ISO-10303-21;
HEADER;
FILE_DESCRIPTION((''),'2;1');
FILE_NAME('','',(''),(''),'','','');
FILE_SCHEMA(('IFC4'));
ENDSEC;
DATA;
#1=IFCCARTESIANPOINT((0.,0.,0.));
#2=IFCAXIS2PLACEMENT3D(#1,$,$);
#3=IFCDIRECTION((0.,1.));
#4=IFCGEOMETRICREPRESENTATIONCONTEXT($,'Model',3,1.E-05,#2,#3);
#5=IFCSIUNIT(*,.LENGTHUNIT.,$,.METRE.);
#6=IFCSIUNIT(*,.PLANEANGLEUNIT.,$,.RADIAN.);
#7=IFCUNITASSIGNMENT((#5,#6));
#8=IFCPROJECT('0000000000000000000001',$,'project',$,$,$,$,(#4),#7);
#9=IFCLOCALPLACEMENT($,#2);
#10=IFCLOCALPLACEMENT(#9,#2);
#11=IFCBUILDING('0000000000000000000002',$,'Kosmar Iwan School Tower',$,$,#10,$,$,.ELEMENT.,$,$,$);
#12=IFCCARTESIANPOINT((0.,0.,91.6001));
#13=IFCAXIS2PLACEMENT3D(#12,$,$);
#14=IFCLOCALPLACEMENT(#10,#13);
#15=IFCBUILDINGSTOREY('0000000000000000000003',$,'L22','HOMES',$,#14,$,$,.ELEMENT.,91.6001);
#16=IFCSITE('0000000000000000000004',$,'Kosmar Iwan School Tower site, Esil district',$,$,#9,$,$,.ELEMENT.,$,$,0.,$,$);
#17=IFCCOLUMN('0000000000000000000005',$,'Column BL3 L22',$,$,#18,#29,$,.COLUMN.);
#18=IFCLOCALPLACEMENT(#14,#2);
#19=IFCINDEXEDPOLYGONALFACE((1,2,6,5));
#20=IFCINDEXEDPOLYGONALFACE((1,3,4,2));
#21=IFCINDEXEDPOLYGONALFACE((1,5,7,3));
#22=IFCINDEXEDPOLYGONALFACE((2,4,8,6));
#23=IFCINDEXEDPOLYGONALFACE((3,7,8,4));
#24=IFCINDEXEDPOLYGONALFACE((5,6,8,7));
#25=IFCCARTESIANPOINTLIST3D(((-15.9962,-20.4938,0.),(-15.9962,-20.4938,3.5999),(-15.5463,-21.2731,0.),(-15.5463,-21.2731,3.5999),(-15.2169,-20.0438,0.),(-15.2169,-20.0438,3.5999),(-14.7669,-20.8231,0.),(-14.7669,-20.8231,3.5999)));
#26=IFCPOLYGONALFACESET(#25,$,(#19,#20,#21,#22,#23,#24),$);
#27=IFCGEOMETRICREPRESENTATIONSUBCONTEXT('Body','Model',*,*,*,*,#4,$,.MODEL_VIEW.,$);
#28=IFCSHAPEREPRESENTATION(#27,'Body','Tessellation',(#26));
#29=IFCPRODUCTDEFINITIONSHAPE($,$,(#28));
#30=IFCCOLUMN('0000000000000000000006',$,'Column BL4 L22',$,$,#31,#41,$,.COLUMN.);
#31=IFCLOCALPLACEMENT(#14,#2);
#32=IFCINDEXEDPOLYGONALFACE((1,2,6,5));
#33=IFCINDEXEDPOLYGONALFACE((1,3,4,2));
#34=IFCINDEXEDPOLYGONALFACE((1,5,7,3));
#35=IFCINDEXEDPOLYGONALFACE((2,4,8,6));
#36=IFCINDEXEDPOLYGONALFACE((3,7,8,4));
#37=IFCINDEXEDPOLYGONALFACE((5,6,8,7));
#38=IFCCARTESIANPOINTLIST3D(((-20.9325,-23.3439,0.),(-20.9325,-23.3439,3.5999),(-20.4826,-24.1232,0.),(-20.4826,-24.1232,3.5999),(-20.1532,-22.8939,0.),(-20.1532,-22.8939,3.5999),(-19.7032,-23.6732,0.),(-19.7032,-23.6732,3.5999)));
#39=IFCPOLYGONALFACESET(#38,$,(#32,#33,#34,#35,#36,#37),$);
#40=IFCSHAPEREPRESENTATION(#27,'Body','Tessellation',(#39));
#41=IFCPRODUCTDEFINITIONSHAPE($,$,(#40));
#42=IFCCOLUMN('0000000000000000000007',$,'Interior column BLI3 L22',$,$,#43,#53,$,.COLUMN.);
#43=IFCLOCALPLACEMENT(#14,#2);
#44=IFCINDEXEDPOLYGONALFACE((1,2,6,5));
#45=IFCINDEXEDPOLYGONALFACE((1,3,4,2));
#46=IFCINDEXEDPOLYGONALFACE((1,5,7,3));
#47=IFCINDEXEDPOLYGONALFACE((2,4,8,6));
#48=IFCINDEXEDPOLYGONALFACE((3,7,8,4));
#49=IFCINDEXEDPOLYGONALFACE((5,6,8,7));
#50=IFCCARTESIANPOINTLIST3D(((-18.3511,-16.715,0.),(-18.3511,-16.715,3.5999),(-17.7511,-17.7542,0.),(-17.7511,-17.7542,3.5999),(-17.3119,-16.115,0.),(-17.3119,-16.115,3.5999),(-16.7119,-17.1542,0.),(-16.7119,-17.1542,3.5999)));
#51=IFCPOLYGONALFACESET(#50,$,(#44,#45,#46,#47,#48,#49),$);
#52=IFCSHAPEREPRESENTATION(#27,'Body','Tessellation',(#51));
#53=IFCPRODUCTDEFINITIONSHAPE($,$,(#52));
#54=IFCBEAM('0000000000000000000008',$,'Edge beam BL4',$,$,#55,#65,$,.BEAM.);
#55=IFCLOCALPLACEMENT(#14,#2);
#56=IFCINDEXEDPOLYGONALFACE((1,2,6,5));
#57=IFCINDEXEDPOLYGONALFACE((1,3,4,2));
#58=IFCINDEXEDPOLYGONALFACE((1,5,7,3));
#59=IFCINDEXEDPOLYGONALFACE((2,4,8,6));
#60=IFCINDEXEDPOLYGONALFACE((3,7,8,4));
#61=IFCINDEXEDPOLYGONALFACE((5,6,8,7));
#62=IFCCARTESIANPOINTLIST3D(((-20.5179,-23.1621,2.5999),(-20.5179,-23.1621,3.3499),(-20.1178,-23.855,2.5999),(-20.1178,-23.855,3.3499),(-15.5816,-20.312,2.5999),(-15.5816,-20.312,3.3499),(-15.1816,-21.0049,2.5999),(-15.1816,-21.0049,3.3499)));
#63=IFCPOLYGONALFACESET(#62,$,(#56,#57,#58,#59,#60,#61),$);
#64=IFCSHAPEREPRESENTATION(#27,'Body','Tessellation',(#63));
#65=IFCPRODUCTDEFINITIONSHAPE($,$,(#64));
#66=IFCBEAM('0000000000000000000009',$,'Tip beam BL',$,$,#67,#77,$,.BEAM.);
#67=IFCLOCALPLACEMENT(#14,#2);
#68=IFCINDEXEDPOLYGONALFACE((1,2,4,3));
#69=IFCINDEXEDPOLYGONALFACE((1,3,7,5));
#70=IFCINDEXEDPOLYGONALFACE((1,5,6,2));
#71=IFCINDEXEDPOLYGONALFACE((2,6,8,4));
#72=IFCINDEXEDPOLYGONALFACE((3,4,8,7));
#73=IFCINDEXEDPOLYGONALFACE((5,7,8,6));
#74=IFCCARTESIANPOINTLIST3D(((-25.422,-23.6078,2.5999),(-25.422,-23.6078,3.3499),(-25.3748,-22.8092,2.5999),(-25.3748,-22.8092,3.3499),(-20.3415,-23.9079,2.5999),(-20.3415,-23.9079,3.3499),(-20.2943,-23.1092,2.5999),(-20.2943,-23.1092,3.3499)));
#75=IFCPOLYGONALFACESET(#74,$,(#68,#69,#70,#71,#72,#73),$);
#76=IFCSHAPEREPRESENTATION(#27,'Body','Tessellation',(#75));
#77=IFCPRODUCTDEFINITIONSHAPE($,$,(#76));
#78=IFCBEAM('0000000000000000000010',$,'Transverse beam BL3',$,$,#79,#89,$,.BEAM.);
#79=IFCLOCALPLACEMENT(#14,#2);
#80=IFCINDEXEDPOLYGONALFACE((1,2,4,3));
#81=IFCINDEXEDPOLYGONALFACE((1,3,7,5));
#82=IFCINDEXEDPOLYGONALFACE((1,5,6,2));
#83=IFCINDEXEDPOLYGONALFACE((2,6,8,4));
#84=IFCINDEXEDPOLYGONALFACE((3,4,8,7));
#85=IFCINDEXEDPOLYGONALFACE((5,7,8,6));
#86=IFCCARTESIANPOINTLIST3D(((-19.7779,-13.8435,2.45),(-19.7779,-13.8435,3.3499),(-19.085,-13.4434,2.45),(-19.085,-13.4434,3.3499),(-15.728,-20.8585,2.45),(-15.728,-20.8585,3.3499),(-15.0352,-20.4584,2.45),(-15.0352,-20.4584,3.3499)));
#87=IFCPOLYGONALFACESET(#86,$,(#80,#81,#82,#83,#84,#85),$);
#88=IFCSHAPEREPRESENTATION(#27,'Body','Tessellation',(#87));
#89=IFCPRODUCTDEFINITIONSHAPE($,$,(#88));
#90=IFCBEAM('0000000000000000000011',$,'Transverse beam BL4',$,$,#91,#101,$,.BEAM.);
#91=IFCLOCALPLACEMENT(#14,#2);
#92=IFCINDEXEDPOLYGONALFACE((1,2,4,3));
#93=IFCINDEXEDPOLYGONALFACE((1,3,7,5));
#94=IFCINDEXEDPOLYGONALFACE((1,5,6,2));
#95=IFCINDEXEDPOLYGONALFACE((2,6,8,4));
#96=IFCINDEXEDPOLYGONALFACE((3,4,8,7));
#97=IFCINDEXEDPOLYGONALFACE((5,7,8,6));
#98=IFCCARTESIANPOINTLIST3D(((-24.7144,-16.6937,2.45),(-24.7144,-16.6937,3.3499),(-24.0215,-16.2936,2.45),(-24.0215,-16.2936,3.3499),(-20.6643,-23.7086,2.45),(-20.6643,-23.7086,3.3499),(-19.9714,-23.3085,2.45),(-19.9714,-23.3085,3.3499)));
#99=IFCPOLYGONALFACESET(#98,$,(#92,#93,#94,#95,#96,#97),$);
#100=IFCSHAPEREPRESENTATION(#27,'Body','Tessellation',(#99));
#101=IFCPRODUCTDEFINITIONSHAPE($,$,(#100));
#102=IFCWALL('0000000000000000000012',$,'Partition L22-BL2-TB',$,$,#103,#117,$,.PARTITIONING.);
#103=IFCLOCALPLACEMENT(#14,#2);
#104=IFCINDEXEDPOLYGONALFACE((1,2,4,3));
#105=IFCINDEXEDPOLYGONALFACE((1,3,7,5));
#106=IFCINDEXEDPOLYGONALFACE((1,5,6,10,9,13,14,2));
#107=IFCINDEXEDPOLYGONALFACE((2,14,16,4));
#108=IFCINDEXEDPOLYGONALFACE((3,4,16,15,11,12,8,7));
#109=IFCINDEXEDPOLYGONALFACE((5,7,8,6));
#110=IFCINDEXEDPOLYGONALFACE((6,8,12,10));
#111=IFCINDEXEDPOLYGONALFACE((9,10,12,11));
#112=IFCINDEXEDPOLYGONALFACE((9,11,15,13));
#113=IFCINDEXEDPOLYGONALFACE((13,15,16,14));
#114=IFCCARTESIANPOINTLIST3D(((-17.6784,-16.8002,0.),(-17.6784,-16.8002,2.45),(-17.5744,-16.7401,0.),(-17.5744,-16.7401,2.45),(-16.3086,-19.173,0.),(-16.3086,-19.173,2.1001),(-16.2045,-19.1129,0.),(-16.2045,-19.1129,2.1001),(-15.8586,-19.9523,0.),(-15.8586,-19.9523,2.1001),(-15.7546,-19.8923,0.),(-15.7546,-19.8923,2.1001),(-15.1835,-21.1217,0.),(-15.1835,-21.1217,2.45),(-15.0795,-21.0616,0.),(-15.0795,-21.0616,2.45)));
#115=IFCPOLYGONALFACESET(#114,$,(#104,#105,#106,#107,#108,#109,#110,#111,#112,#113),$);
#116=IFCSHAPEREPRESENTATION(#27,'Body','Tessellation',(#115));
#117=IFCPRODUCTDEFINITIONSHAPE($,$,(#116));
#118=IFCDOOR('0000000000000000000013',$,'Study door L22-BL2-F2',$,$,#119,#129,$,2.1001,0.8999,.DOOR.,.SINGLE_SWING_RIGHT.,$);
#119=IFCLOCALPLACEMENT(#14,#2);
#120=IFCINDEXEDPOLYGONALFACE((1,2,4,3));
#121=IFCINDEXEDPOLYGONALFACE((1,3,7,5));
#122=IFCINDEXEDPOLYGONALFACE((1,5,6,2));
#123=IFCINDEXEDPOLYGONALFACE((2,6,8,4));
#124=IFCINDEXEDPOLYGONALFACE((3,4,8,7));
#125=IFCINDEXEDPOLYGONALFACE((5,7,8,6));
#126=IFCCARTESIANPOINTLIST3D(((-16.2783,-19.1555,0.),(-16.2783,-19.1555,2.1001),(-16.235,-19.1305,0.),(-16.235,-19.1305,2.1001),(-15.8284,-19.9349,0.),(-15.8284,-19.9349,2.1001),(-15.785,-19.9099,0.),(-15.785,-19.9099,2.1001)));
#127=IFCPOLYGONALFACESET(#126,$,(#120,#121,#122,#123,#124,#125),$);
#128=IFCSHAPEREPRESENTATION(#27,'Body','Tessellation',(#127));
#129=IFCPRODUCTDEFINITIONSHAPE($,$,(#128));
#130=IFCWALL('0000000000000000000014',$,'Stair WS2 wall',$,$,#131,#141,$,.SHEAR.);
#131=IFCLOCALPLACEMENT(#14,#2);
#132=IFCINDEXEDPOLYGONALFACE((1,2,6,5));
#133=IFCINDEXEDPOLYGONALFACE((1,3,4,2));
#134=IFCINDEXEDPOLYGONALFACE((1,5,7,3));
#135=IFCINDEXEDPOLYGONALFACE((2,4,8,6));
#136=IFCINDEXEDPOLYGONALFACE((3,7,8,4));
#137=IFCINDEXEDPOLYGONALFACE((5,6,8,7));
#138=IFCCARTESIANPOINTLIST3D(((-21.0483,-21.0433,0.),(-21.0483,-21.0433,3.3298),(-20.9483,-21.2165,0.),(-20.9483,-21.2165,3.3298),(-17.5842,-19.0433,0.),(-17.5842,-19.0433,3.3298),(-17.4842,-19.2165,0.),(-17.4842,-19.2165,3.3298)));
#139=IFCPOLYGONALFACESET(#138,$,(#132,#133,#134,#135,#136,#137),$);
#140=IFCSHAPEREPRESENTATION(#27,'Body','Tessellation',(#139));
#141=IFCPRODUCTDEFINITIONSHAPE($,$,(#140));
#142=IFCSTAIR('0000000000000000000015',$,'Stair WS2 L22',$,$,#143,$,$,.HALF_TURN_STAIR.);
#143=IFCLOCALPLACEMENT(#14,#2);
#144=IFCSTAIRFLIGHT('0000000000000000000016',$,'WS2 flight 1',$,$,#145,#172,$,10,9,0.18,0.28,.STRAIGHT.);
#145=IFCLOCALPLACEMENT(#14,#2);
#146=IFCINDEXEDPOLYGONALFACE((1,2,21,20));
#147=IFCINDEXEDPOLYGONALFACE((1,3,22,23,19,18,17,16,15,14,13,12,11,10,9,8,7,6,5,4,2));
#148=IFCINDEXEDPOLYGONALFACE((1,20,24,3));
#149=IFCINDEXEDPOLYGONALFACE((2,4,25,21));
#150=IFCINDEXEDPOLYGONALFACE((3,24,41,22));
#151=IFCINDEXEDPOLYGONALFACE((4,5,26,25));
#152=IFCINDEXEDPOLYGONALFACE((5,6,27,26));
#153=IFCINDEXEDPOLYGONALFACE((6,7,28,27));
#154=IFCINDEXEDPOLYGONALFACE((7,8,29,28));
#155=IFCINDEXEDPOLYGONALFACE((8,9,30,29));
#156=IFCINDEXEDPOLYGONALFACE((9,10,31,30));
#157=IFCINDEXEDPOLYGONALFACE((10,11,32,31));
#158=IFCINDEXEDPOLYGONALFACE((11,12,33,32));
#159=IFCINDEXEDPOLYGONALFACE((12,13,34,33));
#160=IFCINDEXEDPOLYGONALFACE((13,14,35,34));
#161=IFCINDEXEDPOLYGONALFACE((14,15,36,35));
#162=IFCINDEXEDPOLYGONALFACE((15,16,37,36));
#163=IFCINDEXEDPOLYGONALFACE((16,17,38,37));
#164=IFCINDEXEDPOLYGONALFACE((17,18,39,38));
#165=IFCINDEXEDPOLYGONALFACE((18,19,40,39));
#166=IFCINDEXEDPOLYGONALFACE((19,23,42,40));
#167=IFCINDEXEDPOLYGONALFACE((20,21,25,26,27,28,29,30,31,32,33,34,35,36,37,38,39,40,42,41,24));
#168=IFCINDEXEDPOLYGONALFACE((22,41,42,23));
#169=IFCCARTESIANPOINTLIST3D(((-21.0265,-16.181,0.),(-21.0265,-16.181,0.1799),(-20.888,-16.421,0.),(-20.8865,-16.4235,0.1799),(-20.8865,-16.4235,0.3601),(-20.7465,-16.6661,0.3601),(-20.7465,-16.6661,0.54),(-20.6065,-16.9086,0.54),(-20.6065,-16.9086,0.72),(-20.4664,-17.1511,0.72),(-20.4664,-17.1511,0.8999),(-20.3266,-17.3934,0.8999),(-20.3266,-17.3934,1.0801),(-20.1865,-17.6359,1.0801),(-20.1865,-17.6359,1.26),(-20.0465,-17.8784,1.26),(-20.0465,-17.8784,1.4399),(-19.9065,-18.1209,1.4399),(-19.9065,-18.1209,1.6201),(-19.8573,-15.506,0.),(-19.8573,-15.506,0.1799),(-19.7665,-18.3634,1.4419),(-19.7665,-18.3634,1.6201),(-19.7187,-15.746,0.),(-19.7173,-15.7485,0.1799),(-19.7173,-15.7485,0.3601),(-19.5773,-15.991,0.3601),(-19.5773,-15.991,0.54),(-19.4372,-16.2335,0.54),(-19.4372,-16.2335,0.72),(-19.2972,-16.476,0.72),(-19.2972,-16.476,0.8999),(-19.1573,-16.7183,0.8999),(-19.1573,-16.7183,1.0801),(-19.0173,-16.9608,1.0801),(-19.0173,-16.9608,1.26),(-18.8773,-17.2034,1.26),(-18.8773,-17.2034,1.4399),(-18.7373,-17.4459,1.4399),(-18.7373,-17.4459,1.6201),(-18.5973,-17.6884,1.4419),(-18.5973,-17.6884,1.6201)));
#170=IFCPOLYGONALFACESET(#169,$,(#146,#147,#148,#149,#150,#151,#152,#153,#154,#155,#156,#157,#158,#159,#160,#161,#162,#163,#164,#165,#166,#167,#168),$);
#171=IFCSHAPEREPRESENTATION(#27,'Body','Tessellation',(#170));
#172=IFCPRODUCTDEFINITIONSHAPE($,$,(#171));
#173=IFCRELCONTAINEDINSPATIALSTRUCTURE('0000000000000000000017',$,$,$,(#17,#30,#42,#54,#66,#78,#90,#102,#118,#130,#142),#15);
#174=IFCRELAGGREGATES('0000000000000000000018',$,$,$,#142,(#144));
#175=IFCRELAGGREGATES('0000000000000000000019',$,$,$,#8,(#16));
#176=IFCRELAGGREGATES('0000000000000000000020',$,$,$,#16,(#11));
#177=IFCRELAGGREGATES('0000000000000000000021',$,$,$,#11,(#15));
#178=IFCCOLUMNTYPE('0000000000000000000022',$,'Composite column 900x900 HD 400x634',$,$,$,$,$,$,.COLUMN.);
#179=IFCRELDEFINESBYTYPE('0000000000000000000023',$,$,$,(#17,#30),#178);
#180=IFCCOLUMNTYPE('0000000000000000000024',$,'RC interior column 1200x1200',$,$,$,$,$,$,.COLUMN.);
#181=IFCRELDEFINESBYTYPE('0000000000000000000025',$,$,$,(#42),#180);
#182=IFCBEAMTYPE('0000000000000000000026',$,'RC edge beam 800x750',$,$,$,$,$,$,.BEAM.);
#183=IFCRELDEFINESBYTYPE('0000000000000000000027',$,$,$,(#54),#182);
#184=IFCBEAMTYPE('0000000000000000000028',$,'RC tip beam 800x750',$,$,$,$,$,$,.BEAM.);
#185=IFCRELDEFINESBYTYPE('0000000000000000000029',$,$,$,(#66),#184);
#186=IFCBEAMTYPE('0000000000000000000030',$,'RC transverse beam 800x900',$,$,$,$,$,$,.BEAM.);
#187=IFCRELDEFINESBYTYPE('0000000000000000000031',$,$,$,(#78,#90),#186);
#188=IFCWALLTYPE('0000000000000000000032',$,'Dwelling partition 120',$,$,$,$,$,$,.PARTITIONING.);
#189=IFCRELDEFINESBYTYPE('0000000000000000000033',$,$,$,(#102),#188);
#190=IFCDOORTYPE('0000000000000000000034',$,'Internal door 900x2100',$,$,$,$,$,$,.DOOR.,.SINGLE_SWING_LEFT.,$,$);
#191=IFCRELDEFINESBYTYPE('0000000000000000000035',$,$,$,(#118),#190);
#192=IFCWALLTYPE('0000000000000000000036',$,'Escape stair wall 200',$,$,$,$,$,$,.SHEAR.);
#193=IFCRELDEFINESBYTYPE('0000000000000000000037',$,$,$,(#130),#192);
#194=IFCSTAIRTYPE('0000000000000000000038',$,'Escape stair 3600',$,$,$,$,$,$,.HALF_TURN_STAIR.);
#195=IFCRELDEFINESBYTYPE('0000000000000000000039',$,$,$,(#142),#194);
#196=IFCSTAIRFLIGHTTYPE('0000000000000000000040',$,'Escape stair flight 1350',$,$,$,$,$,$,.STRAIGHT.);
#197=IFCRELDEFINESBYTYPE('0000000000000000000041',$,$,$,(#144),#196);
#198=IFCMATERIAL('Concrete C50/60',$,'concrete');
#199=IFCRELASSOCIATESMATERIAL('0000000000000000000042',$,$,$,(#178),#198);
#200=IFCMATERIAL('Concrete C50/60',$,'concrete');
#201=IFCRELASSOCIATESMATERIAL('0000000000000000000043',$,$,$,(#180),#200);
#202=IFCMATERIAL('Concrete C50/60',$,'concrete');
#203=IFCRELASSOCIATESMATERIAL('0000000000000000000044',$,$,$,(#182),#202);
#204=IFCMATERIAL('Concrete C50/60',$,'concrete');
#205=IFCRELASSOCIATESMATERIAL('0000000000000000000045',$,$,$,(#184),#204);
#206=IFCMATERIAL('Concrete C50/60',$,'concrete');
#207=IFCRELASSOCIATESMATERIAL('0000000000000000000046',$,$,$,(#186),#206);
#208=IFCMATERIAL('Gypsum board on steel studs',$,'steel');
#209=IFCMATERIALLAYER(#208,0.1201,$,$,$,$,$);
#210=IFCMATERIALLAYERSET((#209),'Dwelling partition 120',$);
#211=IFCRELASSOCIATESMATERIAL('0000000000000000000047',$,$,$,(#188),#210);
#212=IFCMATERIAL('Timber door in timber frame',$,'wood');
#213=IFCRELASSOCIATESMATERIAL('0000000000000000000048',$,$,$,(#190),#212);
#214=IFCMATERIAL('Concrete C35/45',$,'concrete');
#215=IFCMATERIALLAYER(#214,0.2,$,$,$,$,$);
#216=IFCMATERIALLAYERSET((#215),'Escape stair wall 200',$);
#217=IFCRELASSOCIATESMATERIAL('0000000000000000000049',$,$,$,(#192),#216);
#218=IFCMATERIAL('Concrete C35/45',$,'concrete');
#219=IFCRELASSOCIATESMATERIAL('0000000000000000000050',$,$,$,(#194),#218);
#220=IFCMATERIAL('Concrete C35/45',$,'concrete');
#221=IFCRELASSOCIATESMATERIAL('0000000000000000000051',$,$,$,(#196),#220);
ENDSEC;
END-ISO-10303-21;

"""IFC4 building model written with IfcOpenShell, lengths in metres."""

from ifc_helpers import new_model, si_unit, direction, frame, frame_2d, origin, origin_2d, place, context, subcontext, project, spatial, polyline, rectangle, outline, extrude, material, layer, layer_set, material_profile, profile_set, type_object, element, fill, aggregate, save


model = new_model("IFC4")

# Units and contexts
model_context = context("Model", 3, precision=1e-05, world=origin(), true_north=direction((0.0, 1.0)))
body_context = subcontext(model_context, "Body", "Model", "MODEL_VIEW")
ifc_project = project(units=[si_unit("LENGTHUNIT", "METRE"), si_unit("PLANEANGLEUNIT", "RADIAN")], contexts=[model_context])

# Site, building, storey
site_placement = place(None, origin())
site = spatial("IfcSite", under=ifc_project, at=site_placement, Name="Kosmar Iwan School Tower site, Esil district", CompositionType="ELEMENT", RefElevation=0.0)
building_placement = place(site_placement, origin())
building = spatial("IfcBuilding", under=site, at=building_placement, Name="Kosmar Iwan School Tower", CompositionType="ELEMENT")
storey_placement = place(building_placement, frame((0.0, 0.0, 91.6001)))
storey = spatial("IfcBuildingStorey", under=building, at=storey_placement, Name="L22", Description="HOMES", CompositionType="ELEMENT", Elevation=91.6001)

# Columns
ifc_material_1 = material(Name="Concrete C50/60", Category="concrete")
ifc_material_profile_1 = material_profile(ifc_material_1, rectangle(XDim=0.8999, YDim=0.8999, at=origin_2d()), Name="RC 900x900 + HD 400x634")
ifc_profile_set_1 = profile_set([ifc_material_profile_1], Name="Concrete C50/60")
column_type_1 = type_object("IfcColumnType", Name="Composite column 900x900 HD 400x634", PredefinedType="COLUMN", material=ifc_profile_set_1)
for number, where, z_axis, x_axis, name in (
    (1, (-15.3816, -20.6584, 0.0), (0.0, 0.0, 1.0), (-0.866025, -0.5, 0.0), "Column BL3 L22"),
    (2, (-20.3179, -23.5085, 0.0), (0.0, 0.0, 1.0), (-0.866025, -0.5, 0.0), "Column BL4 L22"),
):
    element("IfcColumn", number, at=place(storey_placement, frame(where, z_axis=z_axis, x_axis=x_axis)), inside=storey, type_object=column_type_1, Name=name, PredefinedType="COLUMN", context=body_context, shape_type="SweptSolid", body=[
        extrude(rectangle(XDim=0.8999, YDim=0.8999, at=origin_2d()), origin(), (0.0, 0.0, 1.0), 3.5999),
    ])
ifc_material_2 = material(Name="Concrete C50/60", Category="concrete")
ifc_material_profile_2 = material_profile(ifc_material_2, rectangle(XDim=1.2, YDim=1.2, at=origin_2d()), Name="RC 1200x1200")
ifc_profile_set_2 = profile_set([ifc_material_profile_2], Name="Concrete C50/60")
column_type_2 = type_object("IfcColumnType", Name="RC interior column 1200x1200", PredefinedType="COLUMN", material=ifc_profile_set_2)
column_placement = place(storey_placement, frame((-17.5315, -16.9346, 0.0), z_axis=(0.0, 0.0, 1.0), x_axis=(-0.866025, -0.5, 0.0)))
element("IfcColumn", 3, at=column_placement, inside=storey, type_object=column_type_2, Name="Interior column BLI3 L22", PredefinedType="COLUMN", context=body_context, shape_type="SweptSolid", body=[
    extrude(rectangle(XDim=1.2, YDim=1.2, at=origin_2d()), origin(), (0.0, 0.0, 1.0), 3.5999),
])

# Beams
ifc_material_3 = material(Name="Concrete C50/60", Category="concrete")
ifc_material_profile_3 = material_profile(ifc_material_3, rectangle(XDim=0.8, YDim=0.75, at=origin_2d()), Name="RC 800x750")
ifc_profile_set_3 = profile_set([ifc_material_profile_3], Name="Concrete C50/60")
beam_type_1 = type_object("IfcBeamType", Name="RC edge beam 800x750", PredefinedType="BEAM", material=ifc_profile_set_3)
beam_1_placement = place(storey_placement, frame((-15.3816, -20.6584, 2.9749), z_axis=(-0.866015, -0.500018, 0.0), x_axis=(0.500018, -0.866015, 0.0)))
element("IfcBeam", 4, at=beam_1_placement, inside=storey, type_object=beam_type_1, Name="Edge beam BL4", PredefinedType="BEAM", context=body_context, shape_type="SweptSolid", body=[
    extrude(rectangle(XDim=0.8, YDim=0.75, at=origin_2d()), origin(), (0.0, 0.0, 1.0), 5.7),
])
ifc_material_4 = material(Name="Concrete C50/60", Category="concrete")
ifc_material_profile_4 = material_profile(ifc_material_4, rectangle(XDim=0.8, YDim=0.75, at=origin_2d()), Name="RC 800x750")
ifc_profile_set_4 = profile_set([ifc_material_profile_4], Name="Concrete C50/60")
beam_type_2 = type_object("IfcBeamType", Name="RC tip beam 800x750", PredefinedType="BEAM", material=ifc_profile_set_4)
beam_2_placement = place(storey_placement, frame((-20.3179, -23.5085, 2.9749), z_axis=(-0.998261, 0.058955, 0.0), x_axis=(-0.058955, -0.998261, 0.0)))
element("IfcBeam", 5, at=beam_2_placement, inside=storey, type_object=beam_type_2, Name="Tip beam BL", PredefinedType="BEAM", context=body_context, shape_type="SweptSolid", body=[
    extrude(rectangle(XDim=0.8, YDim=0.75, at=origin_2d()), origin(), (0.0, 0.0, 1.0), 5.0894),
])
ifc_material_5 = material(Name="Concrete C50/60", Category="concrete")
ifc_material_profile_5 = material_profile(ifc_material_5, rectangle(XDim=0.8, YDim=0.8999, at=origin_2d()), Name="RC 800x900")
ifc_profile_set_5 = profile_set([ifc_material_profile_5], Name="Concrete C50/60")
beam_type_3 = type_object("IfcBeamType", Name="RC transverse beam 800x900", PredefinedType="BEAM", material=ifc_profile_set_5)
for number, where, z_axis, x_axis, name in (
    (6, (-15.3816, -20.6584, 2.8999), (-0.499977, 0.866039, 0.0), (-0.866039, -0.499977, 0.0), "Transverse beam BL3"),
    (7, (-20.3179, -23.5085, 2.8999), (-0.5, 0.866025, 0.0), (-0.866025, -0.5, 0.0), "Transverse beam BL4"),
):
    element("IfcBeam", number, at=place(storey_placement, frame(where, z_axis=z_axis, x_axis=x_axis)), inside=storey, type_object=beam_type_3, Name=name, PredefinedType="BEAM", context=body_context, shape_type="SweptSolid", body=[
        extrude(rectangle(XDim=0.8, YDim=0.8999, at=origin_2d()), origin(), (0.0, 0.0, 1.0), 8.1001),
    ])

# Wall, opening, door
ifc_material_6 = material(Name="Gypsum board on steel studs", Category="steel")
ifc_layer_1 = layer(ifc_material_6, 0.1201)
ifc_layer_set_1 = layer_set([ifc_layer_1], Name="Dwelling partition 120")
wall_type_1 = type_object("IfcWallType", Name="Dwelling partition 120", PredefinedType="PARTITIONING", material=ifc_layer_set_1)
wall_1_placement = place(storey_placement, frame((-17.6265, -16.77, 0.0), z_axis=(0.0, 0.0, 1.0), x_axis=(0.499975, -0.86604, 0.0)))
wall_1 = element("IfcWall", 8, at=wall_1_placement, inside=storey, type_object=wall_type_1, Name="Partition L22-BL2-TB", PredefinedType="PARTITIONING", context=body_context, shape_type="SweptSolid", body=[
    extrude(rectangle(XDim=4.99, YDim=0.1201, at=frame_2d((2.4951, 0.0))), origin(), (0.0, 0.0, 1.0), 2.45),
])
opening_placement = place(wall_1_placement, frame((2.74, 0.0, 0.0)))
opening = element("IfcOpeningElement", 9, at=opening_placement, cuts=wall_1, PredefinedType="OPENING", context=body_context, shape_type="SweptSolid", body=[
    extrude(rectangle(XDim=0.8999, YDim=2.1001, at=frame_2d((0.45, 1.05))), frame((0.0, 0.072, 0.0), z_axis=(0.0, -1.0, 0.0), x_axis=(1.0, 0.0, 0.0)), (0.0, 0.0, 1.0), 0.144),
])
ifc_material_7 = material(Name="Timber door in timber frame", Category="wood")
door_type = type_object("IfcDoorType", Name="Internal door 900x2100", OperationType="SINGLE_SWING_LEFT", PredefinedType="DOOR", material=ifc_material_7)
door_placement = place(opening_placement, origin())
door = element("IfcDoor", 10, at=door_placement, inside=storey, type_object=door_type, Name="Study door L22-BL2-F2", OperationType="SINGLE_SWING_RIGHT", OverallHeight=2.1001, OverallWidth=0.8999, PredefinedType="DOOR", context=body_context, shape_type="SweptSolid", body=[
    extrude(rectangle(XDim=0.8999, YDim=2.1001, at=frame_2d((0.45, 1.05))), frame((0.0, 0.0249, 0.0), z_axis=(0.0, -1.0, 0.0), x_axis=(1.0, 0.0, 0.0)), (0.0, 0.0, 1.0), 0.05),
])
fill(opening, door)

# Wall
ifc_material_8 = material(Name="Concrete C35/45", Category="concrete")
ifc_layer_2 = layer(ifc_material_8, 0.2)
ifc_layer_set_2 = layer_set([ifc_layer_2], Name="Escape stair wall 200")
wall_type_2 = type_object("IfcWallType", Name="Escape stair wall 200", PredefinedType="SHEAR", material=ifc_layer_set_2)
wall_2_placement = place(storey_placement, frame((-17.5342, -19.1299, 0.0), z_axis=(0.0, 0.0, 1.0), x_axis=(-0.866026, -0.499999, 0.0)))
element("IfcWall", 11, at=wall_2_placement, inside=storey, type_object=wall_type_2, Name="Stair WS2 wall", PredefinedType="SHEAR", context=body_context, shape_type="SweptSolid", body=[
    extrude(rectangle(XDim=4.0, YDim=0.2, at=frame_2d((2.0, 0.0))), origin(), (0.0, 0.0, 1.0), 3.3298),
])

# Stair, stair flight
ifc_material_9 = material(Name="Concrete C35/45", Category="concrete")
stair_type = type_object("IfcStairType", Name="Escape stair 3600", PredefinedType="HALF_TURN_STAIR", material=ifc_material_9)
stair_placement = place(storey_placement, origin())
stair = element("IfcStair", 12, at=stair_placement, inside=storey, type_object=stair_type, Name="Stair WS2 L22", PredefinedType="HALF_TURN_STAIR")
ifc_material_10 = material(Name="Concrete C35/45", Category="concrete")
stair_flight_type = type_object("IfcStairFlightType", Name="Escape stair flight 1350", PredefinedType="STRAIGHT", material=ifc_material_10)
stair_flight_1_placement = place(storey_placement, frame((-20.4419, -15.8435, 0.0), z_axis=(0.0, 0.0, 1.0), x_axis=(0.5, -0.866025, 0.0)))
stair_flight_1 = element("IfcStairFlight", 13, at=stair_flight_1_placement, type_object=stair_flight_type, Name="WS2 flight 1", NumberOfRisers=10, NumberOfTreads=9, PredefinedType="STRAIGHT", RiserHeight=0.18, TreadLength=0.28, context=body_context, shape_type="SweptSolid", body=[
    extrude(outline(polyline([(0.0, 0.0), (0.0, 0.1799), (0.28, 0.1799), (0.28, 0.3601), (0.5601, 0.3601), (0.5601, 0.54), (0.8401, 0.54), (0.8401, 0.72), (1.1201, 0.72), (1.1201, 0.8999), (1.3999, 0.8999), (1.3999, 1.0801), (1.6799, 1.0801), (1.6799, 1.26), (1.96, 1.26), (1.96, 1.4399), (2.24, 1.4399), (2.24, 1.6201), (2.52, 1.6201), (2.52, 1.8), (2.52, 1.4419), (0.2771, 0.0), (0.0, 0.0)])), frame((0.0, 0.675, 0.0), z_axis=(0.0, -1.0, 0.0), x_axis=(1.0, 0.0, 0.0)), (0.0, 0.0, 1.0), 1.3501),
])
aggregate(stair, [stair_flight_1])

save(model, "model.ifc")
